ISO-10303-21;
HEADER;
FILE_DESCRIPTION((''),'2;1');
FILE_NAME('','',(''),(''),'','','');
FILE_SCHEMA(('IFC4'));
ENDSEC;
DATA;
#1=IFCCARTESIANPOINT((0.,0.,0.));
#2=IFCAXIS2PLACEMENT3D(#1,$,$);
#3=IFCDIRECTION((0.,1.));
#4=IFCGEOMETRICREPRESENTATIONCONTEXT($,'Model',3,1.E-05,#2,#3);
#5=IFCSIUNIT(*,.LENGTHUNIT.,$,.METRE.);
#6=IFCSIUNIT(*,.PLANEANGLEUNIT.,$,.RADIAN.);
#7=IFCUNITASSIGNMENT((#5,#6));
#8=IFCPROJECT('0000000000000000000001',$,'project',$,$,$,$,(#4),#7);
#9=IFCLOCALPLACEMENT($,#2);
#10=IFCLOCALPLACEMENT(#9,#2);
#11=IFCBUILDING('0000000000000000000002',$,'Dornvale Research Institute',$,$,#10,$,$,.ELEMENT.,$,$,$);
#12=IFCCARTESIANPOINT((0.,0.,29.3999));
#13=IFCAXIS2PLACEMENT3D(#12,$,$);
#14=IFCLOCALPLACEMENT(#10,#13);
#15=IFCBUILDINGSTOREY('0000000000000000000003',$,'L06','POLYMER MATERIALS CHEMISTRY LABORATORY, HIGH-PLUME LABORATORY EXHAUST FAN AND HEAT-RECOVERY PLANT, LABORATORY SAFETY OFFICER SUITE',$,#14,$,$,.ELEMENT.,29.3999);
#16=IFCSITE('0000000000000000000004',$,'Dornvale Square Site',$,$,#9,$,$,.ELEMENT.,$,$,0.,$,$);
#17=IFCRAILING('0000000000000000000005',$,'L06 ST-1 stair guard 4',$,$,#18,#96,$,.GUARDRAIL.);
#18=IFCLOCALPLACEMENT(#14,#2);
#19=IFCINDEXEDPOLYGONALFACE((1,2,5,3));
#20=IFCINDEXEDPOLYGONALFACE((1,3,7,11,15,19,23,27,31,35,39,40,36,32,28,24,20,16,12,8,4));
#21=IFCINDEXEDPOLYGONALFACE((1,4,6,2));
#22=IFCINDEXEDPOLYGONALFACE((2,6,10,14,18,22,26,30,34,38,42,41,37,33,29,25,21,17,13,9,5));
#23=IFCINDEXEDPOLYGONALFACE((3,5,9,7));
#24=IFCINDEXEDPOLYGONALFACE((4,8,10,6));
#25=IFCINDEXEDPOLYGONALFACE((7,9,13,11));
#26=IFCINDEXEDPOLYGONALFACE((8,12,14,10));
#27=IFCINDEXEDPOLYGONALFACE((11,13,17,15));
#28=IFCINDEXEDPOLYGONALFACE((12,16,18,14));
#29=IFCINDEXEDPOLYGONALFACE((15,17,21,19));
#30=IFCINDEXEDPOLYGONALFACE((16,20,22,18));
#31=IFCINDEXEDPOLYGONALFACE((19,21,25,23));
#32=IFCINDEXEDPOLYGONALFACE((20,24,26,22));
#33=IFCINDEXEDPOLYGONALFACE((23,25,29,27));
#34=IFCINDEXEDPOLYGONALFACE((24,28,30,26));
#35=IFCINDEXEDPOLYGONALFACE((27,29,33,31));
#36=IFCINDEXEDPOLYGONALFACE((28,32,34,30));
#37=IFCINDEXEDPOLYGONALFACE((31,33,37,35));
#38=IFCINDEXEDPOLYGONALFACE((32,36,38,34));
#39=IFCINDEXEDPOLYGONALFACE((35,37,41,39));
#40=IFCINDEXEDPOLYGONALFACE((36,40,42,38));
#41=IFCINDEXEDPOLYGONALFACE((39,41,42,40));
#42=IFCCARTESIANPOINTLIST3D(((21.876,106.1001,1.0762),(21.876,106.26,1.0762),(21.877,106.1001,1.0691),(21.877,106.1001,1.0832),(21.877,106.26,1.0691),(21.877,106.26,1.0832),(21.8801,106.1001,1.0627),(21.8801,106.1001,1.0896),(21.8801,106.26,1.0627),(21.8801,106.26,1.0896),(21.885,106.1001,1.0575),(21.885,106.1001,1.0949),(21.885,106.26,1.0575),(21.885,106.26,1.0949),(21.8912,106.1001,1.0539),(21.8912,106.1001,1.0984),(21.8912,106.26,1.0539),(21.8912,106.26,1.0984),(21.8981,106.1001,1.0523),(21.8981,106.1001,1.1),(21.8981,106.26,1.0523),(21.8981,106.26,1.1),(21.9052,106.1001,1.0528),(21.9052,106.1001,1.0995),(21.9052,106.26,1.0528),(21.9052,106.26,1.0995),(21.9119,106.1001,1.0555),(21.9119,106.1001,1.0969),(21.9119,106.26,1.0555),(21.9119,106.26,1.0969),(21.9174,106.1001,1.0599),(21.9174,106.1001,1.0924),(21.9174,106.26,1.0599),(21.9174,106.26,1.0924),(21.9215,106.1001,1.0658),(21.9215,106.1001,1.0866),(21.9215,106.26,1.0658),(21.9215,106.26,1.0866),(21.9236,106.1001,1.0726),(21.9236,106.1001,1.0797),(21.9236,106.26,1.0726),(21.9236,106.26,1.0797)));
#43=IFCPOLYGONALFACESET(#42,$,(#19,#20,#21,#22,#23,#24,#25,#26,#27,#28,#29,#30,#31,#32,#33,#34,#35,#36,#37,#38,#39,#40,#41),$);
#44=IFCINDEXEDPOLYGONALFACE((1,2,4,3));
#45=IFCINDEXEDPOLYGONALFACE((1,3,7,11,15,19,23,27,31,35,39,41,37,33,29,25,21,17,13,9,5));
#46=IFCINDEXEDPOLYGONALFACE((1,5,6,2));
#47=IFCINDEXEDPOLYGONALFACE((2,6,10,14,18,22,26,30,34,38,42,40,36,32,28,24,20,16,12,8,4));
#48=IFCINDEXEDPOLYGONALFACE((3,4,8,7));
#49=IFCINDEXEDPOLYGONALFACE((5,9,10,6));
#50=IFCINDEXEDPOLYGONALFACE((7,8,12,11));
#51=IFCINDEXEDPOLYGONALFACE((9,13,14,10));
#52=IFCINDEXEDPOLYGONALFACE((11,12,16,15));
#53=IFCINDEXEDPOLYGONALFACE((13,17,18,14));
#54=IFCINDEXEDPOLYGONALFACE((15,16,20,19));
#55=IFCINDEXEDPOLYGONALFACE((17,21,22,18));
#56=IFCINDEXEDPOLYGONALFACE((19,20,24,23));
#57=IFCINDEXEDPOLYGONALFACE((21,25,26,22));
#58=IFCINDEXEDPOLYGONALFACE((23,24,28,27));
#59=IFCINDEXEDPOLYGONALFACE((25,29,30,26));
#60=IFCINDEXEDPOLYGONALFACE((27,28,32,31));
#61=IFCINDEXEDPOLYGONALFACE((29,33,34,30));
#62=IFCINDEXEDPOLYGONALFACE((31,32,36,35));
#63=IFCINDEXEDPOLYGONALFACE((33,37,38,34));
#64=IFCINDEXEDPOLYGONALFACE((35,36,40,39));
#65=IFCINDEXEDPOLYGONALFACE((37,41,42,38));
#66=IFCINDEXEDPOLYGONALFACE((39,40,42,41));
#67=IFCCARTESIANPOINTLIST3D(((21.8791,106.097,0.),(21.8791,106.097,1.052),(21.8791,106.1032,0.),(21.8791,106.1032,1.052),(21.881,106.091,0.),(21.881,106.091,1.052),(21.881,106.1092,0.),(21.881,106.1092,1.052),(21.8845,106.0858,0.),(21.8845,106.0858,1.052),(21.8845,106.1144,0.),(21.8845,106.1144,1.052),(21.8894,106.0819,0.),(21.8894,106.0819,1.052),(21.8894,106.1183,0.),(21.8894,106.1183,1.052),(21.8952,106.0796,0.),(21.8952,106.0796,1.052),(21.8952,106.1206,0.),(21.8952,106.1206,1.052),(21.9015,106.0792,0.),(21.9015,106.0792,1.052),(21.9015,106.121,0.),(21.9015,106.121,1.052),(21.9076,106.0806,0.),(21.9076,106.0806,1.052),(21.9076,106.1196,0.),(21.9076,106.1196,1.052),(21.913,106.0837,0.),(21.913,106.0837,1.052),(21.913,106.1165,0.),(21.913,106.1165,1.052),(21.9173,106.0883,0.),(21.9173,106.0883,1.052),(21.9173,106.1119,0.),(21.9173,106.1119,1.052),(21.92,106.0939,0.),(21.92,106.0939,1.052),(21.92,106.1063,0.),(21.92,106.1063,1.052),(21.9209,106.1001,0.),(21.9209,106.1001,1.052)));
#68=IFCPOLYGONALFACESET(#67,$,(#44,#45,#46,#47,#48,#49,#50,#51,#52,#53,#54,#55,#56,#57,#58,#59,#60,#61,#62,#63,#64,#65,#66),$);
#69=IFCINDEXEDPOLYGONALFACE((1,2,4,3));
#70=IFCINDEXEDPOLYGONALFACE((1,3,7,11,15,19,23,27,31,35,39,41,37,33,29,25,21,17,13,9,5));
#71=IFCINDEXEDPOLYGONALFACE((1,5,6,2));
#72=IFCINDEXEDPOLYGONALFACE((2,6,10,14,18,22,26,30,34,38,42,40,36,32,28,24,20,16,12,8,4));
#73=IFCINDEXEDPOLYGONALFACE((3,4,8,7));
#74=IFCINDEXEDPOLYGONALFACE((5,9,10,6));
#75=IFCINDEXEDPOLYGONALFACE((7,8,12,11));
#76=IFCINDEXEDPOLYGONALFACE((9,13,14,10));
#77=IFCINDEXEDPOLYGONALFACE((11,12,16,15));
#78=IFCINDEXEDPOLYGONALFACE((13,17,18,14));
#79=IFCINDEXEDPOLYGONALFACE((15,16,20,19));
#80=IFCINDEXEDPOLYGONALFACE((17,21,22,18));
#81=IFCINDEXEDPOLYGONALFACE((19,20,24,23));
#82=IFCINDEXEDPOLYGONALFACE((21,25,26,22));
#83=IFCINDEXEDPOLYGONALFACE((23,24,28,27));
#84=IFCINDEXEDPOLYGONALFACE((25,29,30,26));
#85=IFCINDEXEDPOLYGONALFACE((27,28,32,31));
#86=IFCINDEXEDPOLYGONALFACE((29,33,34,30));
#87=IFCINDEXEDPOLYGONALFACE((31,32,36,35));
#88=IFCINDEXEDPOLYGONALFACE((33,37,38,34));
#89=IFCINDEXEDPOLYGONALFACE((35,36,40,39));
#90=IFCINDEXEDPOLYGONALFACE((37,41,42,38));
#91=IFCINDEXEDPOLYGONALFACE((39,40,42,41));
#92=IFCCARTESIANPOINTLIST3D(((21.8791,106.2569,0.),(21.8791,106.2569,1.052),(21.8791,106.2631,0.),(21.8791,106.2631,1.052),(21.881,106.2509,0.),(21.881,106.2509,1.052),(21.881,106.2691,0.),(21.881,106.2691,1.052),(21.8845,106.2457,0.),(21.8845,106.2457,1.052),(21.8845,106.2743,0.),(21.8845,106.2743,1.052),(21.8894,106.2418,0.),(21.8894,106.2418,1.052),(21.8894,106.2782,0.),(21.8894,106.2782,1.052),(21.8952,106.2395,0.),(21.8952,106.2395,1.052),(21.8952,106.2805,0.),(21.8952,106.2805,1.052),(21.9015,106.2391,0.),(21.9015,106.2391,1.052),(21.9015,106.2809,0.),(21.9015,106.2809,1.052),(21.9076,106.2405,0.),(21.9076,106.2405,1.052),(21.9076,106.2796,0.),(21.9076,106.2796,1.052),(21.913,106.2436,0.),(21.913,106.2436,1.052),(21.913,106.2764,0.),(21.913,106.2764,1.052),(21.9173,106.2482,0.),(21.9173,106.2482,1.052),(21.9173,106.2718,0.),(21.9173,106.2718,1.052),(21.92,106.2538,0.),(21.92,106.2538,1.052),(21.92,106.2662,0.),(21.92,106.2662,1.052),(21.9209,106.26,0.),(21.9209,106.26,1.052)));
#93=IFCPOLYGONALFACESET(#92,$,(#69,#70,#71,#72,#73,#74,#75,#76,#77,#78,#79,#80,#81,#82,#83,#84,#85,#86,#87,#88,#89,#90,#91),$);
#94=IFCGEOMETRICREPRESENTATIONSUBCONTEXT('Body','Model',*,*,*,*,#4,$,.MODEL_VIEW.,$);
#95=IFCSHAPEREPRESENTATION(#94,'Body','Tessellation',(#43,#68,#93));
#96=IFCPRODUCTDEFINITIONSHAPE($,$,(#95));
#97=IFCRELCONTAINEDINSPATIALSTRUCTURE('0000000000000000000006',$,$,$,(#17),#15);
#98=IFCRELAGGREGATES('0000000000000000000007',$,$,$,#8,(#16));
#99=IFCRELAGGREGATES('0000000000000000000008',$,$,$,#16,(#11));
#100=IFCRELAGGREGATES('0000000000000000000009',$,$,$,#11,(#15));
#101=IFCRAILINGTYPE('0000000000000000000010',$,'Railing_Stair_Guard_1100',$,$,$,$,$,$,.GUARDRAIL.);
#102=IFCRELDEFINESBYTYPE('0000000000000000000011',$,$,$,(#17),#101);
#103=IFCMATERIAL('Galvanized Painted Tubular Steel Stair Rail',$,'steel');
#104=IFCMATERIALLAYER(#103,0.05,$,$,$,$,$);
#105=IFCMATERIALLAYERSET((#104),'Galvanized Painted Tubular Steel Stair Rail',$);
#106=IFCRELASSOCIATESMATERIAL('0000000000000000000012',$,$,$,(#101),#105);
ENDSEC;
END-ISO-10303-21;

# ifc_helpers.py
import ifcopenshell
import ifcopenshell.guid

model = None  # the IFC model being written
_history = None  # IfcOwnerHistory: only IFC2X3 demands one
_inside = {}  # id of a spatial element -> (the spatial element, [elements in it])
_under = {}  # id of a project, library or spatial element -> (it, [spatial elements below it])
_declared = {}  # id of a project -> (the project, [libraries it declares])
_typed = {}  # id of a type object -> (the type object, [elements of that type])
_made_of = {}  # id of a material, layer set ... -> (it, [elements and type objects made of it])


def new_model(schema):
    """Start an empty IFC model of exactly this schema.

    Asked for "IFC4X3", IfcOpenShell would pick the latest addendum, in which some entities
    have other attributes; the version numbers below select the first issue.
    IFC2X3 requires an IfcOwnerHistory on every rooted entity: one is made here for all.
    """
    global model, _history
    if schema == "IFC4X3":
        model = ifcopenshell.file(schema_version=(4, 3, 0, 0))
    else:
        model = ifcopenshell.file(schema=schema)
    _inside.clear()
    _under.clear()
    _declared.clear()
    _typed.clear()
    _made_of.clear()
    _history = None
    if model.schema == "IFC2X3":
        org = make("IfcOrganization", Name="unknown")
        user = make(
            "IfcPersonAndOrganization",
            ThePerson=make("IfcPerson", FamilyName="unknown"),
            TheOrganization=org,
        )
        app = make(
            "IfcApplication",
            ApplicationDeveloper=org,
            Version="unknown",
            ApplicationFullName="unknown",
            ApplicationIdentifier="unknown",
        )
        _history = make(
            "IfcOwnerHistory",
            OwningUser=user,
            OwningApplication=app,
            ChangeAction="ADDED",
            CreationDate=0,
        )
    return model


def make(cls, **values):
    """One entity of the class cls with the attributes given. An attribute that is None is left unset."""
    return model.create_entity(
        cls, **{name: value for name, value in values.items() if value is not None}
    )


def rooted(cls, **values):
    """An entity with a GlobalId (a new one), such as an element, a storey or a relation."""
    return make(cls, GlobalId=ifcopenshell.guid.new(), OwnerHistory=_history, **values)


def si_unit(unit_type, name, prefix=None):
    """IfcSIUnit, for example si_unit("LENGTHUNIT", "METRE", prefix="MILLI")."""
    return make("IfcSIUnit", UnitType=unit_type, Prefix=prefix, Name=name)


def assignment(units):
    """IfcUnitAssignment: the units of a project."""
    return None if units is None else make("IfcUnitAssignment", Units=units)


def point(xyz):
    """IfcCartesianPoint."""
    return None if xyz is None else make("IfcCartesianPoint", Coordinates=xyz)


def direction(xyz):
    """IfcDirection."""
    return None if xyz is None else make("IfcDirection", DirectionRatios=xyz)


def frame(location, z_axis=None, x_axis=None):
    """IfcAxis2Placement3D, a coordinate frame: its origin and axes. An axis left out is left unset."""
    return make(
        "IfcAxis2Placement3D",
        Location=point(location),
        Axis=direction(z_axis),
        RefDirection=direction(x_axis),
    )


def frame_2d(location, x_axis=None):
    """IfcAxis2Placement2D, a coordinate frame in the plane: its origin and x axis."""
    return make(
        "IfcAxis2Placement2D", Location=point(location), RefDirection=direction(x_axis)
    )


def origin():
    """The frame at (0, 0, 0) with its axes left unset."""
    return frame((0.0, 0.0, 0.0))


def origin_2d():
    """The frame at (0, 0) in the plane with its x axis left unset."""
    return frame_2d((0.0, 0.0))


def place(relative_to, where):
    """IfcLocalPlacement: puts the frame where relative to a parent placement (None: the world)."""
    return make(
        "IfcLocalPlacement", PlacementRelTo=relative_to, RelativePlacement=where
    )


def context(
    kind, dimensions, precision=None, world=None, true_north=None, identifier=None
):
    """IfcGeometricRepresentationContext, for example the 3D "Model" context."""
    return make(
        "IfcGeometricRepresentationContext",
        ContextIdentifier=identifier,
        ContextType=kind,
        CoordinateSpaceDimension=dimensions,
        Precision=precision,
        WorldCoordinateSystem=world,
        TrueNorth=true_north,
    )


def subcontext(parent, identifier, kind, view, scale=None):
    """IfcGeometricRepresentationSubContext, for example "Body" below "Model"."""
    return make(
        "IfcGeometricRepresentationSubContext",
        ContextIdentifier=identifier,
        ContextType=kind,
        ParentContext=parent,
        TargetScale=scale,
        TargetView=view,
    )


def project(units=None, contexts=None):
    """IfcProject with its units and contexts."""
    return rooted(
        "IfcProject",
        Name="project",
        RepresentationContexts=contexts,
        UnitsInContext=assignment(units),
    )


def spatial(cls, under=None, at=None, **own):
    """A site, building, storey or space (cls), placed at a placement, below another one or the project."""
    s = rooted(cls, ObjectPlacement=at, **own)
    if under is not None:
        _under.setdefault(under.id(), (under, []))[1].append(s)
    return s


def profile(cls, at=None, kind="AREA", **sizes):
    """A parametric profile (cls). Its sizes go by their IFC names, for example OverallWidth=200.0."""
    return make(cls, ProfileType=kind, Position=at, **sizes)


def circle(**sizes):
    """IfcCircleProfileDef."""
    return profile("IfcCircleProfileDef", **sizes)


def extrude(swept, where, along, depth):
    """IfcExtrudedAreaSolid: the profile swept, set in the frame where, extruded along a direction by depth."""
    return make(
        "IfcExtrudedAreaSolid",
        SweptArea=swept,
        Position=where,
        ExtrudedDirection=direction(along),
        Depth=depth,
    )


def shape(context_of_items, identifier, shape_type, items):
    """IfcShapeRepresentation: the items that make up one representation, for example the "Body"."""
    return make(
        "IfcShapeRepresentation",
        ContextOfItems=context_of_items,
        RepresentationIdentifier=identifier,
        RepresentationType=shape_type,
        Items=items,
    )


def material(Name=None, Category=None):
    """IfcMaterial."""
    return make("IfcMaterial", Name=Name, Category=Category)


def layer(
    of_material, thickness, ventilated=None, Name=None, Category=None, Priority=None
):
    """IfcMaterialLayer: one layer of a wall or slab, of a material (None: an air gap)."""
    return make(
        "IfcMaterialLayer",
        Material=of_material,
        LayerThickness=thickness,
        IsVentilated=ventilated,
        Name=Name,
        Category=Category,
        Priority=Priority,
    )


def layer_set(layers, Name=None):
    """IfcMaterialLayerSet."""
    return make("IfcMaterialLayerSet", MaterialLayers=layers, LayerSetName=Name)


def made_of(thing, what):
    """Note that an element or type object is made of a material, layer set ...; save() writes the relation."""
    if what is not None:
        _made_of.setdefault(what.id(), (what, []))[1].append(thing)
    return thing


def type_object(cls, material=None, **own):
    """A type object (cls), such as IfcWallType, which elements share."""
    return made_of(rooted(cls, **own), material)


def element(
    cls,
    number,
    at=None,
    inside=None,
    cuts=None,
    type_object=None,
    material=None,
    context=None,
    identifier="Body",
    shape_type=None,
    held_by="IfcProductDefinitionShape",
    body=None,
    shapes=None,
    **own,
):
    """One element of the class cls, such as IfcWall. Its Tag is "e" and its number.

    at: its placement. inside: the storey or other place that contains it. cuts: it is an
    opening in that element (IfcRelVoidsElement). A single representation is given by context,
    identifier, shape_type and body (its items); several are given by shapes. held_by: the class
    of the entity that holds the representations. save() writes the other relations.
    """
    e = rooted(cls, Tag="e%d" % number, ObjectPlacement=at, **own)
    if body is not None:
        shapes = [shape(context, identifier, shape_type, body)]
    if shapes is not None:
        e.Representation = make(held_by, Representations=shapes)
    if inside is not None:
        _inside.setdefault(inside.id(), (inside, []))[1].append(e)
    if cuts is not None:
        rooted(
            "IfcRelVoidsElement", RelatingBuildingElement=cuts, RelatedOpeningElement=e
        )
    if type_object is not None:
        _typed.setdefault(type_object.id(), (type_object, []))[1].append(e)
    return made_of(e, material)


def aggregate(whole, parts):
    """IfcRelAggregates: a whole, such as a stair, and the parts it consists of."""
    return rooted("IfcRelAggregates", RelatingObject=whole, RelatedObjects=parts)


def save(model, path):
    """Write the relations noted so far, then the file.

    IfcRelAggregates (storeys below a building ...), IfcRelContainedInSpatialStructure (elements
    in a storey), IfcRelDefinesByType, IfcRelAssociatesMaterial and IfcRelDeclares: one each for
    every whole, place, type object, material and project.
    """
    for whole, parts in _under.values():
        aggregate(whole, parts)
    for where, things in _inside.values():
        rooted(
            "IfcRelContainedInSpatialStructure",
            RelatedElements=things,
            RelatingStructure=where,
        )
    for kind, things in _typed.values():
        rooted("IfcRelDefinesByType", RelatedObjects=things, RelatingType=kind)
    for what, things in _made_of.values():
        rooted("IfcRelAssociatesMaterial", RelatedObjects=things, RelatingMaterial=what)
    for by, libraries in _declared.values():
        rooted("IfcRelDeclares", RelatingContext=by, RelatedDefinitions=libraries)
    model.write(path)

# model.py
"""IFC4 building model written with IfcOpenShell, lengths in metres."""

from ifc_helpers import new_model, si_unit, direction, frame, origin, origin_2d, place, context, subcontext, project, spatial, circle, extrude, material, layer, layer_set, type_object, element, save


model = new_model("IFC4")

# Units and contexts
model_context = context("Model", 3, precision=1e-05, world=origin(), true_north=direction((0.0, 1.0)))
body_context = subcontext(model_context, "Body", "Model", "MODEL_VIEW")
ifc_project = project(units=[si_unit("LENGTHUNIT", "METRE"), si_unit("PLANEANGLEUNIT", "RADIAN")], contexts=[model_context])

# Site, building, storey
site_placement = place(None, origin())
site = spatial("IfcSite", under=ifc_project, at=site_placement, Name="Dornvale Square Site", CompositionType="ELEMENT", RefElevation=0.0)
building_placement = place(site_placement, origin())
building = spatial("IfcBuilding", under=site, at=building_placement, Name="Dornvale Research Institute", CompositionType="ELEMENT")
storey_placement = place(building_placement, frame((0.0, 0.0, 29.3999)))
storey = spatial("IfcBuildingStorey", under=building, at=storey_placement, Name="L06", Description="POLYMER MATERIALS CHEMISTRY LABORATORY, HIGH-PLUME LABORATORY EXHAUST FAN AND HEAT-RECOVERY PLANT, LABORATORY SAFETY OFFICER SUITE", CompositionType="ELEMENT", Elevation=29.3999)

# Railing
ifc_material_1 = material(Name="Galvanized Painted Tubular Steel Stair Rail", Category="steel")
ifc_layer_1 = layer(ifc_material_1, 0.05)
ifc_layer_set_1 = layer_set([ifc_layer_1], Name="Galvanized Painted Tubular Steel Stair Rail")
railing_type_1 = type_object("IfcRailingType", Name="Railing_Stair_Guard_1100", PredefinedType="GUARDRAIL", material=ifc_layer_set_1)
railing_1_placement = place(storey_placement, frame((21.8999, 106.1001, 0.0)))
element("IfcRailing", 1, at=railing_1_placement, inside=storey, type_object=railing_type_1, Name="L06 ST-1 stair guard 4", PredefinedType="GUARDRAIL", context=body_context, shape_type="SweptSolid", body=[
    extrude(circle(Radius=0.0239, at=origin_2d()), frame((0.0, 0.0, 1.0762), z_axis=(0.0, 1.0, 0.0), x_axis=(-1.0, 0.0, 0.0)), (0.0, 0.0, 1.0), 0.1599),
    extrude(circle(Radius=0.021, at=origin_2d()), origin(), (0.0, 0.0, 1.0), 1.052),
    extrude(circle(Radius=0.021, at=origin_2d()), frame((0.0, 0.1599, 0.0)), (0.0, 0.0, 1.0), 1.052),
])

save(model, "model.ifc")
